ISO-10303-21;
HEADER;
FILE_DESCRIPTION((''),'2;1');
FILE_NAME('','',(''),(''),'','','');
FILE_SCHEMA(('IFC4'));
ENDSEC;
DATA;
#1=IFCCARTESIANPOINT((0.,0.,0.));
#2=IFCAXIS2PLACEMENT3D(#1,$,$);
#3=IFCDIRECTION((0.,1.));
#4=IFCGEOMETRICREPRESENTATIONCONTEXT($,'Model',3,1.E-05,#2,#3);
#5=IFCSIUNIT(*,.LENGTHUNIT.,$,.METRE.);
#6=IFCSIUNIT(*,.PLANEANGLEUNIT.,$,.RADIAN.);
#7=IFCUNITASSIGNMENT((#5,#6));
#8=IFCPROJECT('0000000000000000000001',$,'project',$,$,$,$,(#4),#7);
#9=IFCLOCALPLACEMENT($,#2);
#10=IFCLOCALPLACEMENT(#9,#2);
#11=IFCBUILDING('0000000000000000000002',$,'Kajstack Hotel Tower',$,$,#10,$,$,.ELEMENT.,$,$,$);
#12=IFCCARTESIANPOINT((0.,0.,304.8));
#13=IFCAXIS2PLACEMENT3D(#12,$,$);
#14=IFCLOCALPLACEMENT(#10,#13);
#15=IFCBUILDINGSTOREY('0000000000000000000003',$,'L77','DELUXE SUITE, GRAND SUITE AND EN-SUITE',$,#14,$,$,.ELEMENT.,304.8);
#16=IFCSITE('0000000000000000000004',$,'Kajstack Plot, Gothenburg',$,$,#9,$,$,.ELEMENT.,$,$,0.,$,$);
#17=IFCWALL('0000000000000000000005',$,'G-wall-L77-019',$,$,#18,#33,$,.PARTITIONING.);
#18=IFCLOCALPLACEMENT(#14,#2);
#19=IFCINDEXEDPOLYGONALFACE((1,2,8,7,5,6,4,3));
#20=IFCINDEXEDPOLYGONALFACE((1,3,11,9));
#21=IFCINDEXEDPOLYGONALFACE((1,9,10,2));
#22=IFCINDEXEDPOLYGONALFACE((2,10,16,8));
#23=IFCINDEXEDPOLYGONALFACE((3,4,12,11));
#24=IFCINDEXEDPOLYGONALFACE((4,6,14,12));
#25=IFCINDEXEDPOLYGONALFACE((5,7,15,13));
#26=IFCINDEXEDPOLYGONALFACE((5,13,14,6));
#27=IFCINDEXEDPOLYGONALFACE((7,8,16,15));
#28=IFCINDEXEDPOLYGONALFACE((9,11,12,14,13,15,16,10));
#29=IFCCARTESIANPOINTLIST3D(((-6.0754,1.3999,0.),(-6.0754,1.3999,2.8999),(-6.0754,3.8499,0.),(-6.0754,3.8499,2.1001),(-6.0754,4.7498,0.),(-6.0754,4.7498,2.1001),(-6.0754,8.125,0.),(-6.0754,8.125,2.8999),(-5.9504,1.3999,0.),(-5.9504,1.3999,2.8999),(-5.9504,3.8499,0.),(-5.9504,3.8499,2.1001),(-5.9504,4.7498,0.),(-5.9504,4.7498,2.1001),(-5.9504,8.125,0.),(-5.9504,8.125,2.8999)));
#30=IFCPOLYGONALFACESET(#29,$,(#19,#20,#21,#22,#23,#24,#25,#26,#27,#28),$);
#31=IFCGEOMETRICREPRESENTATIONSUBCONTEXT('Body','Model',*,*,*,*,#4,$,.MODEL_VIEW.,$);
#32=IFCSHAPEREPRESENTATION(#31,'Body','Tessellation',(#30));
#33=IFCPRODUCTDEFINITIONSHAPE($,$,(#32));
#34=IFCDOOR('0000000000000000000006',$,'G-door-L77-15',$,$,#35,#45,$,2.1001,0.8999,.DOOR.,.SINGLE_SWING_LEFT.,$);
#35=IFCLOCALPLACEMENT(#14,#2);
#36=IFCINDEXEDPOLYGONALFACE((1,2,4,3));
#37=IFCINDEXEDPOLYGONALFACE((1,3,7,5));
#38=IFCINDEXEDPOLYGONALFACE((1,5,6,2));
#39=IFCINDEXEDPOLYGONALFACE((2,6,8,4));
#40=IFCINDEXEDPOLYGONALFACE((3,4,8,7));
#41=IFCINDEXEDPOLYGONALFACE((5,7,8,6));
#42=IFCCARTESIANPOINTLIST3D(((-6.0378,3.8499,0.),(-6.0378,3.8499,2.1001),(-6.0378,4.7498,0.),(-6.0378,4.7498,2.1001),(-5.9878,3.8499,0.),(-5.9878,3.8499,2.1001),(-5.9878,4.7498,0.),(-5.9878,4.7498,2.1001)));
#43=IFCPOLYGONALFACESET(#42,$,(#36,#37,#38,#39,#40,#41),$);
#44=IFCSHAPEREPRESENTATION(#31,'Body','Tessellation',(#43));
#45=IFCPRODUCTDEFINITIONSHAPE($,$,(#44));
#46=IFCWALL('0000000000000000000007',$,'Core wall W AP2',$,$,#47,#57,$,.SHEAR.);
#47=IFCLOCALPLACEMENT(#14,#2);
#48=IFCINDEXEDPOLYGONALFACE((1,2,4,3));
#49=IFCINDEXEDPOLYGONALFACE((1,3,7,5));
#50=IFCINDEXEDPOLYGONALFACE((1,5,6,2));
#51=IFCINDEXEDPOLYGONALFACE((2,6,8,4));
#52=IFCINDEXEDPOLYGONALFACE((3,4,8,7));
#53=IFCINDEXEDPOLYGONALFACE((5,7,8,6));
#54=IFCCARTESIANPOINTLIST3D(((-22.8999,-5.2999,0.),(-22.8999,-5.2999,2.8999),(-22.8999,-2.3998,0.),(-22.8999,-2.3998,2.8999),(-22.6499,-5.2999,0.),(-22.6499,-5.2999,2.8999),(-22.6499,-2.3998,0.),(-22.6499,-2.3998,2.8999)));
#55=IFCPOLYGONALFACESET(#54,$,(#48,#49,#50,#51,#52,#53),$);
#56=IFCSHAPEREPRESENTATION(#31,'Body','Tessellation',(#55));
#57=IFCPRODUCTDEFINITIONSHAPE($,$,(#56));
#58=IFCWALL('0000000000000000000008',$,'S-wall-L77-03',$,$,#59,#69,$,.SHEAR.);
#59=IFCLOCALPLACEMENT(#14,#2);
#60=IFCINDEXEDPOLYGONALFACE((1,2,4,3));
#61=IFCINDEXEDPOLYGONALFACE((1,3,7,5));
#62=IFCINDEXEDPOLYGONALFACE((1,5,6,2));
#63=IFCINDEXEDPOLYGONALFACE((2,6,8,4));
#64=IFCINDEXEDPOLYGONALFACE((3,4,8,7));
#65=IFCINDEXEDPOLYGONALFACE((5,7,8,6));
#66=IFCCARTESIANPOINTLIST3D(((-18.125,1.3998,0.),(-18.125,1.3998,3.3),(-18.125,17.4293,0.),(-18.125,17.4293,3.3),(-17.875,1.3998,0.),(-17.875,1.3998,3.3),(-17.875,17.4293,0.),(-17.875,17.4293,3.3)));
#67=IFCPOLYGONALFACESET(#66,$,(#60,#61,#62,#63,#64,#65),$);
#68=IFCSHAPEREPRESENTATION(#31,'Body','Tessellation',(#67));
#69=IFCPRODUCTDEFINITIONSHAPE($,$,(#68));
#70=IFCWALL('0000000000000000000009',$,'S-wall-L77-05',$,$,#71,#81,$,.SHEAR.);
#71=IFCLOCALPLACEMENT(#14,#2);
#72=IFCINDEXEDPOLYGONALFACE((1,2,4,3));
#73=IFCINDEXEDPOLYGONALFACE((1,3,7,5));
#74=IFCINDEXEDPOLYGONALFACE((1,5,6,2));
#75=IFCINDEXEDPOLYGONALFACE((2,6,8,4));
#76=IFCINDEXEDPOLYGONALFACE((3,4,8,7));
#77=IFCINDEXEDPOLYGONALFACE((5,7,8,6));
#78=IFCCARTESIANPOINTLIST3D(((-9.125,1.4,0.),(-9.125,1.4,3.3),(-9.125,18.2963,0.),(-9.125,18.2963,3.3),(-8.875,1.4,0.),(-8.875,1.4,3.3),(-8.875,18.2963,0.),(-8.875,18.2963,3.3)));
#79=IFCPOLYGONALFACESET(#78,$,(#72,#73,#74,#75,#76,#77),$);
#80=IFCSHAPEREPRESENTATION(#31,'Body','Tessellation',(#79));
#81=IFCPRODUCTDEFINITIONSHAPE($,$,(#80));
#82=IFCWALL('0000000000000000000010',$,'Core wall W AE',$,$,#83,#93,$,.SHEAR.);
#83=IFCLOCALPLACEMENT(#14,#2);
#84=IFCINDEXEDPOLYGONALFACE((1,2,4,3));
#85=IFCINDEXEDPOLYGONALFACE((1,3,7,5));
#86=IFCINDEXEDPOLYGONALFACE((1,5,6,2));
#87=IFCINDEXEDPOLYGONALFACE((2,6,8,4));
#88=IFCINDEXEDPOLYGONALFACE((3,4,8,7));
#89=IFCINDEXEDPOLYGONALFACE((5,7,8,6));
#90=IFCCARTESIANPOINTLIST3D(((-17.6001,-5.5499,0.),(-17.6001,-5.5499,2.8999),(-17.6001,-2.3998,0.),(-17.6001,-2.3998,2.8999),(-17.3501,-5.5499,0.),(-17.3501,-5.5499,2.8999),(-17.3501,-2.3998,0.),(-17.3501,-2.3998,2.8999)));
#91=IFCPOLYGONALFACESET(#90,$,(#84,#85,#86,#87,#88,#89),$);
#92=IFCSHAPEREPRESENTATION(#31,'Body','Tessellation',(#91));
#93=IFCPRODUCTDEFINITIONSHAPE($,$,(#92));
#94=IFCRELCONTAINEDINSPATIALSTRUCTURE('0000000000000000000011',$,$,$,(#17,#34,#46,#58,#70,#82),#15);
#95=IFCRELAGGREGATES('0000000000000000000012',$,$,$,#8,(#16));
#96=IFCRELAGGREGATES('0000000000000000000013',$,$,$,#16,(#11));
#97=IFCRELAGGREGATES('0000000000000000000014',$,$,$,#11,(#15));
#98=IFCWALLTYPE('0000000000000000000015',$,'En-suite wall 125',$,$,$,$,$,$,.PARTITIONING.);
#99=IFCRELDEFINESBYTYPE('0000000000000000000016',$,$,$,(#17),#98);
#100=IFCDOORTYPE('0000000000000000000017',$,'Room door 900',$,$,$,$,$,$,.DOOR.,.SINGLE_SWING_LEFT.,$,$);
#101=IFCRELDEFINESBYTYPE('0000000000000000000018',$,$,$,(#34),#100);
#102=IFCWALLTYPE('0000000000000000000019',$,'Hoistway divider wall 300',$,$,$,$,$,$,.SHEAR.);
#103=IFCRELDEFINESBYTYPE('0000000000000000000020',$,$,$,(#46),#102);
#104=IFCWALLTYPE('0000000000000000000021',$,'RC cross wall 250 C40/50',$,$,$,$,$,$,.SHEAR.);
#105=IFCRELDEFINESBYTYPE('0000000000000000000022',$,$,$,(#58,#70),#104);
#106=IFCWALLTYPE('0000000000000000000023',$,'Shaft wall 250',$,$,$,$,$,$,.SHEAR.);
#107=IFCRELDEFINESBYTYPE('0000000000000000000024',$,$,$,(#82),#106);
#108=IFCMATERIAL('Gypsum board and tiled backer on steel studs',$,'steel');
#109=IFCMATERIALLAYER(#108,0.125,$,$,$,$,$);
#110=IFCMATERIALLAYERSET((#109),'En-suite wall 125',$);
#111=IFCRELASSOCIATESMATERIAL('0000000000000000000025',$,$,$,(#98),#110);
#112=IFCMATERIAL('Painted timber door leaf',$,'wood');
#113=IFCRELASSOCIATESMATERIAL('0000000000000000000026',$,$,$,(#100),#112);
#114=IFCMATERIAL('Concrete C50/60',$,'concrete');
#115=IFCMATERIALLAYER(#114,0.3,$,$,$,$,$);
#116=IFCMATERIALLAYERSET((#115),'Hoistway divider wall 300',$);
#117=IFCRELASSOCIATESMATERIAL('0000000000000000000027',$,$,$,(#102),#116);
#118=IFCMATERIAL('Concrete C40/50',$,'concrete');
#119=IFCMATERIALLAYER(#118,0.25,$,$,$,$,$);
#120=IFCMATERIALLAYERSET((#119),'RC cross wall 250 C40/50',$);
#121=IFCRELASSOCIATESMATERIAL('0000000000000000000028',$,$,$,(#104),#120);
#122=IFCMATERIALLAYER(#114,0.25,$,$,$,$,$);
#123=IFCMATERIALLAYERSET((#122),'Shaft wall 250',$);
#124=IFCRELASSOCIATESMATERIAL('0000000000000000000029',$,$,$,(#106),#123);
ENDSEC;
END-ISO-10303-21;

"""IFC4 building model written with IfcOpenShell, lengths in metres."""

from ifc_helpers import new_model, si_unit, direction, frame, frame_2d, origin, place, context, subcontext, project, spatial, rectangle, extrude, material, layer, layer_set, type_object, element, fill, save


model = new_model("IFC4")

# Units and contexts
model_context = context("Model", 3, precision=1e-05, world=origin(), true_north=direction((0.0, 1.0)))
body_context = subcontext(model_context, "Body", "Model", "MODEL_VIEW")
ifc_project = project(units=[si_unit("LENGTHUNIT", "METRE"), si_unit("PLANEANGLEUNIT", "RADIAN")], contexts=[model_context])

# Site, building, storey
site_placement = place(None, origin())
site = spatial("IfcSite", under=ifc_project, at=site_placement, Name="Kajstack Plot, Gothenburg", CompositionType="ELEMENT", RefElevation=0.0)
building_placement = place(site_placement, origin())
building = spatial("IfcBuilding", under=site, at=building_placement, Name="Kajstack Hotel Tower", CompositionType="ELEMENT")
storey_placement = place(building_placement, frame((0.0, 0.0, 304.8)))
storey = spatial("IfcBuildingStorey", under=building, at=storey_placement, Name="L77", Description="DELUXE SUITE, GRAND SUITE AND EN-SUITE", CompositionType="ELEMENT", Elevation=304.8)

# Wall, opening, door
ifc_material_1 = material(Name="Gypsum board and tiled backer on steel studs", Category="steel")
ifc_layer_1 = layer(ifc_material_1, 0.125)
ifc_layer_set_1 = layer_set([ifc_layer_1], Name="En-suite wall 125")
wall_type_1 = type_object("IfcWallType", Name="En-suite wall 125", PredefinedType="PARTITIONING", material=ifc_layer_set_1)
ifc_material_2 = material(Name="Painted timber door leaf", Category="wood")
door_type_1 = type_object("IfcDoorType", Name="Room door 900", OperationType="SINGLE_SWING_LEFT", PredefinedType="DOOR", material=ifc_material_2)
wall_1_placement = place(storey_placement, frame((-6.0129, 1.3999, 0.0), z_axis=(0.0, 0.0, 1.0), x_axis=(0.0, 1.0, 0.0)))
wall_1 = element("IfcWall", 1, at=wall_1_placement, inside=storey, type_object=wall_type_1, Name="G-wall-L77-019", PredefinedType="PARTITIONING", context=body_context, shape_type="SweptSolid", body=[
    extrude(rectangle(XDim=6.7251, YDim=0.125, at=frame_2d((3.3625, 0.0))), origin(), (0.0, 0.0, 1.0), 2.8999),
])
opening_1_placement = place(wall_1_placement, frame((2.45, 0.0, 0.0)))
opening_1 = element("IfcOpeningElement", 2, at=opening_1_placement, cuts=wall_1, PredefinedType="OPENING", context=body_context, shape_type="SweptSolid", body=[
    extrude(rectangle(XDim=0.8999, YDim=2.1001, at=frame_2d((0.45, 1.05))), frame((0.0, 0.0725, 0.0), z_axis=(0.0, -1.0, 0.0), x_axis=(1.0, 0.0, 0.0)), (0.0, 0.0, 1.0), 0.145),
])
door_1_placement = place(opening_1_placement, origin())
door_1 = element("IfcDoor", 3, at=door_1_placement, inside=storey, type_object=door_type_1, Name="G-door-L77-15", OperationType="SINGLE_SWING_LEFT", OverallHeight=2.1001, OverallWidth=0.8999, PredefinedType="DOOR", context=body_context, shape_type="SweptSolid", body=[
    extrude(rectangle(XDim=0.8999, YDim=2.1001, at=frame_2d((0.45, 1.05))), frame((0.0, 0.0249, 0.0), z_axis=(0.0, -1.0, 0.0), x_axis=(1.0, 0.0, 0.0)), (0.0, 0.0, 1.0), 0.05),
])
fill(opening_1, door_1)

# Walls
ifc_material_3 = material(Name="Concrete C50/60", Category="concrete")
ifc_layer_2 = layer(ifc_material_3, 0.3)
ifc_layer_set_2 = layer_set([ifc_layer_2], Name="Hoistway divider wall 300")
wall_type_2 = type_object("IfcWallType", Name="Hoistway divider wall 300", PredefinedType="SHEAR", material=ifc_layer_set_2)
wall_2_placement = place(storey_placement, frame((-22.7749, -5.3, 0.0), z_axis=(0.0, 0.0, 1.0), x_axis=(0.0, 1.0, 0.0)))
element("IfcWall", 4, at=wall_2_placement, inside=storey, type_object=wall_type_2, Name="Core wall W AP2", PredefinedType="SHEAR", context=body_context, shape_type="SweptSolid", body=[
    extrude(rectangle(XDim=2.9001, YDim=0.25, at=frame_2d((1.4502, 0.0))), origin(), (0.0, 0.0, 1.0), 2.8999),
])
ifc_material_4 = material(Name="Concrete C40/50", Category="concrete")
ifc_layer_3 = layer(ifc_material_4, 0.25)
ifc_layer_set_3 = layer_set([ifc_layer_3], Name="RC cross wall 250 C40/50")
wall_type_3 = type_object("IfcWallType", Name="RC cross wall 250 C40/50", PredefinedType="SHEAR", material=ifc_layer_set_3)
wall_3_placement = place(storey_placement, frame((-18.0, 1.3999, 0.0), z_axis=(0.0, 0.0, 1.0), x_axis=(0.0, 1.0, 0.0)))
element("IfcWall", 5, at=wall_3_placement, inside=storey, type_object=wall_type_3, Name="S-wall-L77-03", PredefinedType="SHEAR", context=body_context, shape_type="SweptSolid", body=[
    extrude(rectangle(XDim=16.0295, YDim=0.25, at=frame_2d((8.0146, 0.0))), origin(), (0.0, 0.0, 1.0), 3.3),
])
wall_4_placement = place(storey_placement, frame((-9.0, 1.3999, 0.0), z_axis=(0.0, 0.0, 1.0), x_axis=(0.0, 1.0, 0.0)))
element("IfcWall", 6, at=wall_4_placement, inside=storey, type_object=wall_type_3, Name="S-wall-L77-05", PredefinedType="SHEAR", context=body_context, shape_type="SweptSolid", body=[
    extrude(rectangle(XDim=16.8962, YDim=0.25, at=frame_2d((8.4482, 0.0))), origin(), (0.0, 0.0, 1.0), 3.3),
])
ifc_layer_4 = layer(ifc_material_3, 0.25)
ifc_layer_set_4 = layer_set([ifc_layer_4], Name="Shaft wall 250")
wall_type_4 = type_object("IfcWallType", Name="Shaft wall 250", PredefinedType="SHEAR", material=ifc_layer_set_4)
wall_5_placement = place(storey_placement, frame((-17.4751, -5.55, 0.0), z_axis=(0.0, 0.0, 1.0), x_axis=(0.0, 1.0, 0.0)))
element("IfcWall", 7, at=wall_5_placement, inside=storey, type_object=wall_type_4, Name="Core wall W AE", PredefinedType="SHEAR", context=body_context, shape_type="SweptSolid", body=[
    extrude(rectangle(XDim=3.1501, YDim=0.25, at=frame_2d((1.5752, 0.0))), origin(), (0.0, 0.0, 1.0), 2.8999),
])

save(model, "model.ifc")
